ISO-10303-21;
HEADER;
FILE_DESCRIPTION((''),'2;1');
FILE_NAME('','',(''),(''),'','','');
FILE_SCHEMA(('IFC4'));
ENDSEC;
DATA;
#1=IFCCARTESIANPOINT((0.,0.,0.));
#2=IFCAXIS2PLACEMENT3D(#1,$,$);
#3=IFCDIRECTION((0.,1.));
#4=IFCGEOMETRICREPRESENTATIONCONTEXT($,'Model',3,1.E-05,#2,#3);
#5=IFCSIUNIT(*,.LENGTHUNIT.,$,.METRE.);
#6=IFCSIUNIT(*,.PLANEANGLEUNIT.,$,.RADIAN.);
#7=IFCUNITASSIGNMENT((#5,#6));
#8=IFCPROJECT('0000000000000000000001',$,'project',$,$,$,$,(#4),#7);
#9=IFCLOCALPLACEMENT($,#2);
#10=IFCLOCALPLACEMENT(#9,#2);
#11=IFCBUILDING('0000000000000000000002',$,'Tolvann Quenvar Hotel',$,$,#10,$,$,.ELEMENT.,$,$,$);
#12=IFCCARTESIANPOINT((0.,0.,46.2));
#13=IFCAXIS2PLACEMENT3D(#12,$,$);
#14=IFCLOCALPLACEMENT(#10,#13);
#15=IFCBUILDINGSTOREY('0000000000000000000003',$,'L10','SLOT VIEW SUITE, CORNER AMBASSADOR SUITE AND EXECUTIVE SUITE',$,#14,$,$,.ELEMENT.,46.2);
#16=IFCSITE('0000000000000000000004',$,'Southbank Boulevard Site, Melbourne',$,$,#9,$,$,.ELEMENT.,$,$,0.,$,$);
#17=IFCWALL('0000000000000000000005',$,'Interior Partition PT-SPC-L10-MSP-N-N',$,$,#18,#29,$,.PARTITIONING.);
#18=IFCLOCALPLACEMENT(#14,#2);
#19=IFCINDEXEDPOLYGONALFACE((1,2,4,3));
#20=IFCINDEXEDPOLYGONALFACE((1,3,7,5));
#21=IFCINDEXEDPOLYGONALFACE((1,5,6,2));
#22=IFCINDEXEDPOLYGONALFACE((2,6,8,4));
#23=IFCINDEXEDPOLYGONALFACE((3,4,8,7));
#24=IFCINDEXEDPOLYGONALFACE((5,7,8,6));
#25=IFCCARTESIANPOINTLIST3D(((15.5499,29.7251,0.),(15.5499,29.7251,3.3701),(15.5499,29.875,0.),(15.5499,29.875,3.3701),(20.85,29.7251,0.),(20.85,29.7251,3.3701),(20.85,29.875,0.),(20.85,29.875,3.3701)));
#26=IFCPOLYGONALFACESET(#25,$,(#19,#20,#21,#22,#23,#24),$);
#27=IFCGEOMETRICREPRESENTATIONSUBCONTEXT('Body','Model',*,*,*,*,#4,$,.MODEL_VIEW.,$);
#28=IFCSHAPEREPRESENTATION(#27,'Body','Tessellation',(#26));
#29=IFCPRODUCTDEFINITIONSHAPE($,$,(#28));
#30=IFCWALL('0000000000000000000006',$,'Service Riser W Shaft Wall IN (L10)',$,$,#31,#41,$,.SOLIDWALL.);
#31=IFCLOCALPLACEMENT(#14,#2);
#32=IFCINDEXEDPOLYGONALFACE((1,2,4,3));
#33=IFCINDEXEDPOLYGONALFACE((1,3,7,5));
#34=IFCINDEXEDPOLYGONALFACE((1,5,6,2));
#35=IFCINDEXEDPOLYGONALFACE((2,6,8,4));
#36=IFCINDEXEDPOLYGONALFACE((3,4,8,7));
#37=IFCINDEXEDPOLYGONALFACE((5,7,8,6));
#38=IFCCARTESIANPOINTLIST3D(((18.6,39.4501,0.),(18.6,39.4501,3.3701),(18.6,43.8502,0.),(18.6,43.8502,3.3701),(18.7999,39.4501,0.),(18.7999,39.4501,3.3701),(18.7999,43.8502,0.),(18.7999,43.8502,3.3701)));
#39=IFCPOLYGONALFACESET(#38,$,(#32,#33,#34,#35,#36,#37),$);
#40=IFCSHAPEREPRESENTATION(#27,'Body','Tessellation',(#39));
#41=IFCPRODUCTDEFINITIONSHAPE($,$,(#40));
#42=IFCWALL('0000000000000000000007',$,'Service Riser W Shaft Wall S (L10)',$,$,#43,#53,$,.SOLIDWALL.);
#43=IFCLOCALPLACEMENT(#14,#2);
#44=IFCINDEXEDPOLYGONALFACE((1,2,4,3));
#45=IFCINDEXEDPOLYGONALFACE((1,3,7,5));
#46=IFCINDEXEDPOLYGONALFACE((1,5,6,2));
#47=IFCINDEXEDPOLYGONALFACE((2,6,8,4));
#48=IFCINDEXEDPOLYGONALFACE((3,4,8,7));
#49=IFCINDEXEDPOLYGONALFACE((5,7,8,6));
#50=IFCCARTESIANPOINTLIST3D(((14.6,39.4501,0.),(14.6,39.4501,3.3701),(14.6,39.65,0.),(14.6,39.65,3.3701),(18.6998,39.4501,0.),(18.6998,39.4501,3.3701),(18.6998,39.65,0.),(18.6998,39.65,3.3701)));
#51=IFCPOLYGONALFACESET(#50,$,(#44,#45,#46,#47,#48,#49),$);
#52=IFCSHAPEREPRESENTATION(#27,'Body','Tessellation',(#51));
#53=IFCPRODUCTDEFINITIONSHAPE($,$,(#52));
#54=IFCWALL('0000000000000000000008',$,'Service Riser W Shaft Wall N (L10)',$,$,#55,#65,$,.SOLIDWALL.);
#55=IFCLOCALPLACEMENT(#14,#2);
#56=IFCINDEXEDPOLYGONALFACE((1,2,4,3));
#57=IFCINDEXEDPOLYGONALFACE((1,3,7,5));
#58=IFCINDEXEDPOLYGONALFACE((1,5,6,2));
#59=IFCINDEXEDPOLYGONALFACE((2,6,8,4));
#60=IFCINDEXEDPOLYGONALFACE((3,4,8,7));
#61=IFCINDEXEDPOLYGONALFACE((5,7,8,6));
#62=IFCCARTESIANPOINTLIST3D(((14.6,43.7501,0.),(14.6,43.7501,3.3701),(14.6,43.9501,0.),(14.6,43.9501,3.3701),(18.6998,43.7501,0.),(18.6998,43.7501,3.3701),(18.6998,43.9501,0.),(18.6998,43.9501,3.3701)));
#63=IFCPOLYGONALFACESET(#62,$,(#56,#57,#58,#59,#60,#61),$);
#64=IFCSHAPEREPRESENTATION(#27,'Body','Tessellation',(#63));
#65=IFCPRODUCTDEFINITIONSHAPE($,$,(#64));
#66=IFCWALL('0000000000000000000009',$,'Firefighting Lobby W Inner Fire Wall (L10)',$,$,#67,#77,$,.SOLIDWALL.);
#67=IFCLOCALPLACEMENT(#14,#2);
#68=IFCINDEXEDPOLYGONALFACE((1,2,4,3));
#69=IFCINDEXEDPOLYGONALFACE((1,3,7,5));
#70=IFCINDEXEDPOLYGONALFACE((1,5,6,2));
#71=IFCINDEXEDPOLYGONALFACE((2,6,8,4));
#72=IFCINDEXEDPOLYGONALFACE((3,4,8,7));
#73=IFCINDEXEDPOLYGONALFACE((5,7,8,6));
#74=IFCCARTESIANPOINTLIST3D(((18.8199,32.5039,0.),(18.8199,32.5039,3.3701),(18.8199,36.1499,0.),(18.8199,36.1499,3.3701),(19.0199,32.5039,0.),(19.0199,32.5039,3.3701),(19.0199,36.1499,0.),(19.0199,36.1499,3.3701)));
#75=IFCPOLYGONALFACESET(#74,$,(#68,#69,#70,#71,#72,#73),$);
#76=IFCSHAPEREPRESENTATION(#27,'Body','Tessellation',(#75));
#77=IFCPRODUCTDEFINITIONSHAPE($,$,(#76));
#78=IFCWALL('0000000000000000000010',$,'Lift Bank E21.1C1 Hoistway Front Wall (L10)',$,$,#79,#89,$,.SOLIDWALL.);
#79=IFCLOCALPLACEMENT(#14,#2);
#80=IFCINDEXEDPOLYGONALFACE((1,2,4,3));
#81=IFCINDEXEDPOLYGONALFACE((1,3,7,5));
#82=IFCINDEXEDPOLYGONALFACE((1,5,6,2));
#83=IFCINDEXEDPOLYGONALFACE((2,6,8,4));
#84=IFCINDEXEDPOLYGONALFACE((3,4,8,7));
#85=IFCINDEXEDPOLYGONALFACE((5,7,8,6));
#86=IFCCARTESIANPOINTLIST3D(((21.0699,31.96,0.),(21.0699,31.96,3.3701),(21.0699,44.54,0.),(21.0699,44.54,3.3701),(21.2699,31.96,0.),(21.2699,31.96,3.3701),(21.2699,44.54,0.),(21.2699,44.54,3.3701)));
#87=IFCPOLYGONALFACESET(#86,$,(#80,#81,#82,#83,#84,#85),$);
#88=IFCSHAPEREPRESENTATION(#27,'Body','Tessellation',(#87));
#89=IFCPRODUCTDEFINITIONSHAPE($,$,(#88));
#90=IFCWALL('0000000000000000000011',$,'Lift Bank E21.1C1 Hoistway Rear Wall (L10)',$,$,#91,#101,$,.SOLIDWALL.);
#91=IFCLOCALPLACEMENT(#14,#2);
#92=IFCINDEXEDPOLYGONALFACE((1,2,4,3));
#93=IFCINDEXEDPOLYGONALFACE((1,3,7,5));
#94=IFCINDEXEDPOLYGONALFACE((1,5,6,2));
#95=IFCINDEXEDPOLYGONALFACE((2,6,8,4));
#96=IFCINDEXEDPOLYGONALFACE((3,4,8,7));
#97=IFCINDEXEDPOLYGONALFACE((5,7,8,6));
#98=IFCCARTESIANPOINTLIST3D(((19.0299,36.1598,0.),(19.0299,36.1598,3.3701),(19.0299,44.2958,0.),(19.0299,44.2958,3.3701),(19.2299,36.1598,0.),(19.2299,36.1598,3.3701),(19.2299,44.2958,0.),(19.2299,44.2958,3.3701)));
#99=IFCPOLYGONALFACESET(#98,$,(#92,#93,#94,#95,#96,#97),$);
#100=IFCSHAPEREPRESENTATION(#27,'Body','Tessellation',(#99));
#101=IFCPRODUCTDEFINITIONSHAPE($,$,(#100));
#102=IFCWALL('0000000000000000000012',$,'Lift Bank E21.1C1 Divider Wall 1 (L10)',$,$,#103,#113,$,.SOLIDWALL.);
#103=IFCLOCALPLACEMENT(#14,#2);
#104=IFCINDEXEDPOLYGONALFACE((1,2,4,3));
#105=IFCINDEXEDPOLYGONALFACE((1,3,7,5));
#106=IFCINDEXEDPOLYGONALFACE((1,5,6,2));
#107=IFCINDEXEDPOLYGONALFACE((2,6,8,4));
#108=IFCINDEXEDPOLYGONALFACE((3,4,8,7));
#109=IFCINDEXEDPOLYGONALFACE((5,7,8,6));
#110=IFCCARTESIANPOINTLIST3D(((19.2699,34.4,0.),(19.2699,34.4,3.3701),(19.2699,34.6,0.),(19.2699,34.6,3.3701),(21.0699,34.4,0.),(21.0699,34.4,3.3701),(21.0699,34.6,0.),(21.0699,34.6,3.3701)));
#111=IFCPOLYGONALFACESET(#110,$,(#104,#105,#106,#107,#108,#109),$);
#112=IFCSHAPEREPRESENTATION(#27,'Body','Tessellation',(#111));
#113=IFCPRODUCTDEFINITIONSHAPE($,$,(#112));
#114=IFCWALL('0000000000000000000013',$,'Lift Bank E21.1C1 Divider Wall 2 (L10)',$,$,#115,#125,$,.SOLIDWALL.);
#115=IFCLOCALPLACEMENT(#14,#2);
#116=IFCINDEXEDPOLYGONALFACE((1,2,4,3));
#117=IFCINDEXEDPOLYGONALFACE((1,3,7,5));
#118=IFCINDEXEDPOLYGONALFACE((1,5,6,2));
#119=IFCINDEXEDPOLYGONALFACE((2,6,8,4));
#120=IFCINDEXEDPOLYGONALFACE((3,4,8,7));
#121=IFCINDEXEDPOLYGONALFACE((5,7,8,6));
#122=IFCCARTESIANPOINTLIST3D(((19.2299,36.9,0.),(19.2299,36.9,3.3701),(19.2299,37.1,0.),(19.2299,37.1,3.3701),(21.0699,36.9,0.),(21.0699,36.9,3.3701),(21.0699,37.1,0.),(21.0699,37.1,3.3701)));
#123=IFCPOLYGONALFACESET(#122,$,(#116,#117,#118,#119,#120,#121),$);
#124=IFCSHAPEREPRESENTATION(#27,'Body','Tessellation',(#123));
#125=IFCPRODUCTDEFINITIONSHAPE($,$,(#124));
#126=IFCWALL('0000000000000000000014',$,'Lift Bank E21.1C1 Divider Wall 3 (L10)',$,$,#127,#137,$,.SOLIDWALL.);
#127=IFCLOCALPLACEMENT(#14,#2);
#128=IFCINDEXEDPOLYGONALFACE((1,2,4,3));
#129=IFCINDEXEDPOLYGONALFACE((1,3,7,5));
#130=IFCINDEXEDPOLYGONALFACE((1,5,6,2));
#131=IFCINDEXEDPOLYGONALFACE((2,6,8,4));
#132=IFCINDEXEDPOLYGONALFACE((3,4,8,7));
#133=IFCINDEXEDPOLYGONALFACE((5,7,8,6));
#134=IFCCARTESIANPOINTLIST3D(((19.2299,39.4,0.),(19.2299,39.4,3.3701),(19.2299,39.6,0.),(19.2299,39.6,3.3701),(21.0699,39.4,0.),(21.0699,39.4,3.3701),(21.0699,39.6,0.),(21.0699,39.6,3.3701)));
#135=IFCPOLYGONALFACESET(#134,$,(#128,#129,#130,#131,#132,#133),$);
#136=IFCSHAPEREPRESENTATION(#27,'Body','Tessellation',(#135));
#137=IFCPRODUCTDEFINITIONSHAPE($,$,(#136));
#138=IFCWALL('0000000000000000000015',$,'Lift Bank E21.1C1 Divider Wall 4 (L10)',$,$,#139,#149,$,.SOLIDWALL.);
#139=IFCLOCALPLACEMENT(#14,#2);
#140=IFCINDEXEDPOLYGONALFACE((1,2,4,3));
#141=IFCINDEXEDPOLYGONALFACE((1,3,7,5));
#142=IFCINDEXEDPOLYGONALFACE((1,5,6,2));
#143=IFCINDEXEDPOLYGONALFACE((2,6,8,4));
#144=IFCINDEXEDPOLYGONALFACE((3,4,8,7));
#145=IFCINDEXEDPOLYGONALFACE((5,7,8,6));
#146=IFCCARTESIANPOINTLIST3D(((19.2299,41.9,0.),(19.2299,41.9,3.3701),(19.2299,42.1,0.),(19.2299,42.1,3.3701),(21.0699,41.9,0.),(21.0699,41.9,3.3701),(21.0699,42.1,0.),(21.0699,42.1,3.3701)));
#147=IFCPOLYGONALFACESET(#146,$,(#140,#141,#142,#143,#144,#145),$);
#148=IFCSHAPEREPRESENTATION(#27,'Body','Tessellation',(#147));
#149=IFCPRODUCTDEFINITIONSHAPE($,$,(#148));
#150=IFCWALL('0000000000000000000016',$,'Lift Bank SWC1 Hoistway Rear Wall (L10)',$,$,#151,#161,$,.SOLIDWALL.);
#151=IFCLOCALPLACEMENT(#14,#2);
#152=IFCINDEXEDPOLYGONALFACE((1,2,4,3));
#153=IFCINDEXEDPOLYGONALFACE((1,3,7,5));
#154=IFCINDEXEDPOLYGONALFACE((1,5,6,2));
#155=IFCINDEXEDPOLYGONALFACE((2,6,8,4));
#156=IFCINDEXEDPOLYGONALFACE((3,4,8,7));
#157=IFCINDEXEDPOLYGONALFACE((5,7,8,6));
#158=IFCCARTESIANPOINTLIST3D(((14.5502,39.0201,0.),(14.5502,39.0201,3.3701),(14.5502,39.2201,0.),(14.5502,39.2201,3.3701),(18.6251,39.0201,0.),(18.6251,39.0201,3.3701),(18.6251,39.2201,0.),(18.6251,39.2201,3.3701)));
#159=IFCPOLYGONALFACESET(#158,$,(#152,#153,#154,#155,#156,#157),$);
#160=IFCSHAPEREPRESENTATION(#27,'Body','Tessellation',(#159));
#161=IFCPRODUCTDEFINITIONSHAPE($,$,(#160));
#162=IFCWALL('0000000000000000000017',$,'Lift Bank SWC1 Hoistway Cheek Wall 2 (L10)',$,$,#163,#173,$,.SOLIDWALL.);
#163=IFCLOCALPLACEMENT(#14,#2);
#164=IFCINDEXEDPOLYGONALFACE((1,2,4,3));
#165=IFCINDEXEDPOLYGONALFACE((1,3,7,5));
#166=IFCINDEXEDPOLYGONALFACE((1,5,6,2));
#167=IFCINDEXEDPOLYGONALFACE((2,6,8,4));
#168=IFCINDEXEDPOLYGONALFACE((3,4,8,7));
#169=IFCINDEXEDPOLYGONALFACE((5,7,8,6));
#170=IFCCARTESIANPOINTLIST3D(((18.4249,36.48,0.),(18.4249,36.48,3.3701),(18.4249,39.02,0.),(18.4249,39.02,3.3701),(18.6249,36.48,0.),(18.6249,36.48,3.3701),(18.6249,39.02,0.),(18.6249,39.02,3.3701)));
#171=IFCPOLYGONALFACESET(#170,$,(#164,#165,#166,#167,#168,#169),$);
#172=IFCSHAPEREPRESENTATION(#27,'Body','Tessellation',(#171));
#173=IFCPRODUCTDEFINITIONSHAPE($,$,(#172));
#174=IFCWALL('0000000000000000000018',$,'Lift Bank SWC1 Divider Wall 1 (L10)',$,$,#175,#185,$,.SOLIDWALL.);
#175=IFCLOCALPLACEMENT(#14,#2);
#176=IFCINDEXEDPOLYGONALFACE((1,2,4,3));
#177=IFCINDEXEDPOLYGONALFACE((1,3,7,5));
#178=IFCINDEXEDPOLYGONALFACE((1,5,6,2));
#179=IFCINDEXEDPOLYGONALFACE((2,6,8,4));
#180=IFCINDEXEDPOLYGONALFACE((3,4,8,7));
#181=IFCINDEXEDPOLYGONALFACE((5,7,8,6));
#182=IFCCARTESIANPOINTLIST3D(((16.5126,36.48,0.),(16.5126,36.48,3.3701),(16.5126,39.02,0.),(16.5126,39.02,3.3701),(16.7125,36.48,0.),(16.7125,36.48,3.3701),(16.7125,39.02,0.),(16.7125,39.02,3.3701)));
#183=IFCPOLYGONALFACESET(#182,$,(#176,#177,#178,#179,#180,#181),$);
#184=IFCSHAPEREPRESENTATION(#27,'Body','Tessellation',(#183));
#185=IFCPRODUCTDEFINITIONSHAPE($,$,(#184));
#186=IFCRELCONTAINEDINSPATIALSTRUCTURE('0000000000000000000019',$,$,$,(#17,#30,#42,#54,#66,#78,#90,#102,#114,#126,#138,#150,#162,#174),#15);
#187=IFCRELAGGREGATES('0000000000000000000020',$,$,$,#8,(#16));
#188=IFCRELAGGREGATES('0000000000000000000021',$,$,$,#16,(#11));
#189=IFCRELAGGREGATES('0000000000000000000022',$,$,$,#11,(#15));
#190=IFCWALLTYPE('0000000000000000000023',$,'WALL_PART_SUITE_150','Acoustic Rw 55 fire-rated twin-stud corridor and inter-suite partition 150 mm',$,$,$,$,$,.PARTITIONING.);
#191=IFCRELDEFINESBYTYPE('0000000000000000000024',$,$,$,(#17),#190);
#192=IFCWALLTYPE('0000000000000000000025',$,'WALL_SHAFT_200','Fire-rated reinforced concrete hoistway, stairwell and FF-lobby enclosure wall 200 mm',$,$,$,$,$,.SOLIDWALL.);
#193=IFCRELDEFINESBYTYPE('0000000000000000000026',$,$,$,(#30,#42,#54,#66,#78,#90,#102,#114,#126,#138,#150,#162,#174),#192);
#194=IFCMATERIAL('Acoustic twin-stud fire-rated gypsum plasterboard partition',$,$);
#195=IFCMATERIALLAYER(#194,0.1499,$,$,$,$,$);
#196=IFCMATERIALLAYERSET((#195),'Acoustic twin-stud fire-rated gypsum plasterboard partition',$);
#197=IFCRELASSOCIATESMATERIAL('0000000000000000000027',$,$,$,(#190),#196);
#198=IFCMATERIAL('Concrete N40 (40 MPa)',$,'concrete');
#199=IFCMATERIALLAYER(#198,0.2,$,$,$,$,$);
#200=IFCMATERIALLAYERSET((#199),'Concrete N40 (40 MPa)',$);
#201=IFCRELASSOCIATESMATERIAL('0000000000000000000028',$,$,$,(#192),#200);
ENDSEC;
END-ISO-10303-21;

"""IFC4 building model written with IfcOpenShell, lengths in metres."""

from ifc_helpers import new_model, si_unit, direction, frame, frame_2d, origin, place, context, subcontext, project, spatial, rectangle, extrude, material, layer, layer_set, type_object, element, save


model = new_model("IFC4")

# Units and contexts
model_context = context("Model", 3, precision=1e-05, world=origin(), true_north=direction((0.0, 1.0)))
body_context = subcontext(model_context, "Body", "Model", "MODEL_VIEW")
ifc_project = project(units=[si_unit("LENGTHUNIT", "METRE"), si_unit("PLANEANGLEUNIT", "RADIAN")], contexts=[model_context])

# Site, building, storey
site_placement = place(None, origin())
site = spatial("IfcSite", under=ifc_project, at=site_placement, Name="Southbank Boulevard Site, Melbourne", CompositionType="ELEMENT", RefElevation=0.0)
building_placement = place(site_placement, origin())
building = spatial("IfcBuilding", under=site, at=building_placement, Name="Tolvann Quenvar Hotel", CompositionType="ELEMENT")
storey_placement = place(building_placement, frame((0.0, 0.0, 46.2)))
storey = spatial("IfcBuildingStorey", under=building, at=storey_placement, Name="L10", Description="SLOT VIEW SUITE, CORNER AMBASSADOR SUITE AND EXECUTIVE SUITE", CompositionType="ELEMENT", Elevation=46.2)

# Walls
ifc_material_1 = material(Name="Acoustic twin-stud fire-rated gypsum plasterboard partition")
ifc_layer_1 = layer(ifc_material_1, 0.1499)
ifc_layer_set_1 = layer_set([ifc_layer_1], Name="Acoustic twin-stud fire-rated gypsum plasterboard partition")
wall_type_1 = type_object("IfcWallType", Name="WALL_PART_SUITE_150", Description="Acoustic Rw 55 fire-rated twin-stud corridor and inter-suite partition 150 mm", PredefinedType="PARTITIONING", material=ifc_layer_set_1)
wall_1_placement = place(storey_placement, frame((15.55, 29.8, 0.0), z_axis=(0.0, 0.0, 1.0), x_axis=(1.0, 0.0, 0.0)))
element("IfcWall", 1, at=wall_1_placement, inside=storey, type_object=wall_type_1, Name="Interior Partition PT-SPC-L10-MSP-N-N", PredefinedType="PARTITIONING", context=body_context, shape_type="SweptSolid", body=[
    extrude(rectangle(XDim=5.3, YDim=0.1499, at=frame_2d((2.6499, 0.0))), origin(), (0.0, 0.0, 1.0), 3.3701),
])
ifc_material_2 = material(Name="Concrete N40 (40 MPa)", Category="concrete")
ifc_layer_2 = layer(ifc_material_2, 0.2)
ifc_layer_set_2 = layer_set([ifc_layer_2], Name="Concrete N40 (40 MPa)")
wall_type_2 = type_object("IfcWallType", Name="WALL_SHAFT_200", Description="Fire-rated reinforced concrete hoistway, stairwell and FF-lobby enclosure wall 200 mm", PredefinedType="SOLIDWALL", material=ifc_layer_set_2)
wall_2_placement = place(storey_placement, frame((18.7, 39.45, 0.0), z_axis=(0.0, 0.0, 1.0), x_axis=(0.0, 1.0, 0.0)))
element("IfcWall", 2, at=wall_2_placement, inside=storey, type_object=wall_type_2, Name="Service Riser W Shaft Wall IN (L10)", PredefinedType="SOLIDWALL", context=body_context, shape_type="SweptSolid", body=[
    extrude(rectangle(XDim=4.4001, YDim=0.2, at=frame_2d((2.2002, 0.0))), origin(), (0.0, 0.0, 1.0), 3.3701),
])
for number, where, z_axis, x_axis, name in (
    (3, (14.6001, 39.55, 0.0), (0.0, 0.0, 1.0), (1.0, 0.0, 0.0), "Service Riser W Shaft Wall S (L10)"),
    (4, (14.6001, 43.8501, 0.0), (0.0, 0.0, 1.0), (1.0, 0.0, 0.0), "Service Riser W Shaft Wall N (L10)"),
):
    element("IfcWall", number, at=place(storey_placement, frame(where, z_axis=z_axis, x_axis=x_axis)), inside=storey, type_object=wall_type_2, Name=name, PredefinedType="SOLIDWALL", context=body_context, shape_type="SweptSolid", body=[
        extrude(rectangle(XDim=4.0999, YDim=0.2, at=frame_2d((2.0498, 0.0))), origin(), (0.0, 0.0, 1.0), 3.3701),
    ])
wall_3_placement = place(storey_placement, frame((18.9199, 32.5039, 0.0), z_axis=(0.0, 0.0, 1.0), x_axis=(0.0, 1.0, 0.0)))
element("IfcWall", 5, at=wall_3_placement, inside=storey, type_object=wall_type_2, Name="Firefighting Lobby W Inner Fire Wall (L10)", PredefinedType="SOLIDWALL", context=body_context, shape_type="SweptSolid", body=[
    extrude(rectangle(XDim=3.646, YDim=0.2, at=frame_2d((1.823, 0.0))), origin(), (0.0, 0.0, 1.0), 3.3701),
])
wall_4_placement = place(storey_placement, frame((21.1699, 31.96, 0.0), z_axis=(0.0, 0.0, 1.0), x_axis=(0.0, 1.0, 0.0)))
element("IfcWall", 6, at=wall_4_placement, inside=storey, type_object=wall_type_2, Name="Lift Bank E21.1C1 Hoistway Front Wall (L10)", PredefinedType="SOLIDWALL", context=body_context, shape_type="SweptSolid", body=[
    extrude(rectangle(XDim=12.5801, YDim=0.2, at=frame_2d((6.29, 0.0))), origin(), (0.0, 0.0, 1.0), 3.3701),
])
wall_5_placement = place(storey_placement, frame((19.1299, 36.1599, 0.0), z_axis=(0.0, 0.0, 1.0), x_axis=(0.0, 1.0, 0.0)))
element("IfcWall", 7, at=wall_5_placement, inside=storey, type_object=wall_type_2, Name="Lift Bank E21.1C1 Hoistway Rear Wall (L10)", PredefinedType="SOLIDWALL", context=body_context, shape_type="SweptSolid", body=[
    extrude(rectangle(XDim=8.136, YDim=0.2, at=frame_2d((4.0679, 0.0))), origin(), (0.0, 0.0, 1.0), 3.3701),
])
wall_6_placement = place(storey_placement, frame((19.27, 34.5, 0.0), z_axis=(0.0, 0.0, 1.0), x_axis=(1.0, 0.0, 0.0)))
element("IfcWall", 8, at=wall_6_placement, inside=storey, type_object=wall_type_2, Name="Lift Bank E21.1C1 Divider Wall 1 (L10)", PredefinedType="SOLIDWALL", context=body_context, shape_type="SweptSolid", body=[
    extrude(rectangle(XDim=1.8, YDim=0.2, at=frame_2d((0.8999, 0.0))), origin(), (0.0, 0.0, 1.0), 3.3701),
])
for number, where, z_axis, x_axis, name in (
    (9, (19.23, 37.0, 0.0), (0.0, 0.0, 1.0), (1.0, 0.0, 0.0), "Lift Bank E21.1C1 Divider Wall 2 (L10)"),
    (10, (19.23, 39.5, 0.0), (0.0, 0.0, 1.0), (1.0, 0.0, 0.0), "Lift Bank E21.1C1 Divider Wall 3 (L10)"),
    (11, (19.23, 42.0, 0.0), (0.0, 0.0, 1.0), (1.0, 0.0, 0.0), "Lift Bank E21.1C1 Divider Wall 4 (L10)"),
):
    element("IfcWall", number, at=place(storey_placement, frame(where, z_axis=z_axis, x_axis=x_axis)), inside=storey, type_object=wall_type_2, Name=name, PredefinedType="SOLIDWALL", context=body_context, shape_type="SweptSolid", body=[
        extrude(rectangle(XDim=1.8401, YDim=0.2, at=frame_2d((0.9199, 0.0))), origin(), (0.0, 0.0, 1.0), 3.3701),
    ])

# Walls
wall_7_placement = place(storey_placement, frame((14.55, 39.1201, 0.0), z_axis=(0.0, 0.0, 1.0), x_axis=(1.0, 0.0, 0.0)))
element("IfcWall", 12, at=wall_7_placement, inside=storey, type_object=wall_type_2, Name="Lift Bank SWC1 Hoistway Rear Wall (L10)", PredefinedType="SOLIDWALL", context=body_context, shape_type="SweptSolid", body=[
    extrude(rectangle(XDim=4.075, YDim=0.2, at=frame_2d((2.0376, 0.0))), origin(), (0.0, 0.0, 1.0), 3.3701),
])
for number, where, z_axis, x_axis, name in (
    (13, (18.5249, 36.48, 0.0), (0.0, 0.0, 1.0), (0.0, 1.0, 0.0), "Lift Bank SWC1 Hoistway Cheek Wall 2 (L10)"),
    (14, (16.6125, 36.48, 0.0), (0.0, 0.0, 1.0), (0.0, 1.0, 0.0), "Lift Bank SWC1 Divider Wall 1 (L10)"),
):
    element("IfcWall", number, at=place(storey_placement, frame(where, z_axis=z_axis, x_axis=x_axis)), inside=storey, type_object=wall_type_2, Name=name, PredefinedType="SOLIDWALL", context=body_context, shape_type="SweptSolid", body=[
        extrude(rectangle(XDim=2.54, YDim=0.2, at=frame_2d((1.27, 0.0))), origin(), (0.0, 0.0, 1.0), 3.3701),
    ])

save(model, "model.ifc")
